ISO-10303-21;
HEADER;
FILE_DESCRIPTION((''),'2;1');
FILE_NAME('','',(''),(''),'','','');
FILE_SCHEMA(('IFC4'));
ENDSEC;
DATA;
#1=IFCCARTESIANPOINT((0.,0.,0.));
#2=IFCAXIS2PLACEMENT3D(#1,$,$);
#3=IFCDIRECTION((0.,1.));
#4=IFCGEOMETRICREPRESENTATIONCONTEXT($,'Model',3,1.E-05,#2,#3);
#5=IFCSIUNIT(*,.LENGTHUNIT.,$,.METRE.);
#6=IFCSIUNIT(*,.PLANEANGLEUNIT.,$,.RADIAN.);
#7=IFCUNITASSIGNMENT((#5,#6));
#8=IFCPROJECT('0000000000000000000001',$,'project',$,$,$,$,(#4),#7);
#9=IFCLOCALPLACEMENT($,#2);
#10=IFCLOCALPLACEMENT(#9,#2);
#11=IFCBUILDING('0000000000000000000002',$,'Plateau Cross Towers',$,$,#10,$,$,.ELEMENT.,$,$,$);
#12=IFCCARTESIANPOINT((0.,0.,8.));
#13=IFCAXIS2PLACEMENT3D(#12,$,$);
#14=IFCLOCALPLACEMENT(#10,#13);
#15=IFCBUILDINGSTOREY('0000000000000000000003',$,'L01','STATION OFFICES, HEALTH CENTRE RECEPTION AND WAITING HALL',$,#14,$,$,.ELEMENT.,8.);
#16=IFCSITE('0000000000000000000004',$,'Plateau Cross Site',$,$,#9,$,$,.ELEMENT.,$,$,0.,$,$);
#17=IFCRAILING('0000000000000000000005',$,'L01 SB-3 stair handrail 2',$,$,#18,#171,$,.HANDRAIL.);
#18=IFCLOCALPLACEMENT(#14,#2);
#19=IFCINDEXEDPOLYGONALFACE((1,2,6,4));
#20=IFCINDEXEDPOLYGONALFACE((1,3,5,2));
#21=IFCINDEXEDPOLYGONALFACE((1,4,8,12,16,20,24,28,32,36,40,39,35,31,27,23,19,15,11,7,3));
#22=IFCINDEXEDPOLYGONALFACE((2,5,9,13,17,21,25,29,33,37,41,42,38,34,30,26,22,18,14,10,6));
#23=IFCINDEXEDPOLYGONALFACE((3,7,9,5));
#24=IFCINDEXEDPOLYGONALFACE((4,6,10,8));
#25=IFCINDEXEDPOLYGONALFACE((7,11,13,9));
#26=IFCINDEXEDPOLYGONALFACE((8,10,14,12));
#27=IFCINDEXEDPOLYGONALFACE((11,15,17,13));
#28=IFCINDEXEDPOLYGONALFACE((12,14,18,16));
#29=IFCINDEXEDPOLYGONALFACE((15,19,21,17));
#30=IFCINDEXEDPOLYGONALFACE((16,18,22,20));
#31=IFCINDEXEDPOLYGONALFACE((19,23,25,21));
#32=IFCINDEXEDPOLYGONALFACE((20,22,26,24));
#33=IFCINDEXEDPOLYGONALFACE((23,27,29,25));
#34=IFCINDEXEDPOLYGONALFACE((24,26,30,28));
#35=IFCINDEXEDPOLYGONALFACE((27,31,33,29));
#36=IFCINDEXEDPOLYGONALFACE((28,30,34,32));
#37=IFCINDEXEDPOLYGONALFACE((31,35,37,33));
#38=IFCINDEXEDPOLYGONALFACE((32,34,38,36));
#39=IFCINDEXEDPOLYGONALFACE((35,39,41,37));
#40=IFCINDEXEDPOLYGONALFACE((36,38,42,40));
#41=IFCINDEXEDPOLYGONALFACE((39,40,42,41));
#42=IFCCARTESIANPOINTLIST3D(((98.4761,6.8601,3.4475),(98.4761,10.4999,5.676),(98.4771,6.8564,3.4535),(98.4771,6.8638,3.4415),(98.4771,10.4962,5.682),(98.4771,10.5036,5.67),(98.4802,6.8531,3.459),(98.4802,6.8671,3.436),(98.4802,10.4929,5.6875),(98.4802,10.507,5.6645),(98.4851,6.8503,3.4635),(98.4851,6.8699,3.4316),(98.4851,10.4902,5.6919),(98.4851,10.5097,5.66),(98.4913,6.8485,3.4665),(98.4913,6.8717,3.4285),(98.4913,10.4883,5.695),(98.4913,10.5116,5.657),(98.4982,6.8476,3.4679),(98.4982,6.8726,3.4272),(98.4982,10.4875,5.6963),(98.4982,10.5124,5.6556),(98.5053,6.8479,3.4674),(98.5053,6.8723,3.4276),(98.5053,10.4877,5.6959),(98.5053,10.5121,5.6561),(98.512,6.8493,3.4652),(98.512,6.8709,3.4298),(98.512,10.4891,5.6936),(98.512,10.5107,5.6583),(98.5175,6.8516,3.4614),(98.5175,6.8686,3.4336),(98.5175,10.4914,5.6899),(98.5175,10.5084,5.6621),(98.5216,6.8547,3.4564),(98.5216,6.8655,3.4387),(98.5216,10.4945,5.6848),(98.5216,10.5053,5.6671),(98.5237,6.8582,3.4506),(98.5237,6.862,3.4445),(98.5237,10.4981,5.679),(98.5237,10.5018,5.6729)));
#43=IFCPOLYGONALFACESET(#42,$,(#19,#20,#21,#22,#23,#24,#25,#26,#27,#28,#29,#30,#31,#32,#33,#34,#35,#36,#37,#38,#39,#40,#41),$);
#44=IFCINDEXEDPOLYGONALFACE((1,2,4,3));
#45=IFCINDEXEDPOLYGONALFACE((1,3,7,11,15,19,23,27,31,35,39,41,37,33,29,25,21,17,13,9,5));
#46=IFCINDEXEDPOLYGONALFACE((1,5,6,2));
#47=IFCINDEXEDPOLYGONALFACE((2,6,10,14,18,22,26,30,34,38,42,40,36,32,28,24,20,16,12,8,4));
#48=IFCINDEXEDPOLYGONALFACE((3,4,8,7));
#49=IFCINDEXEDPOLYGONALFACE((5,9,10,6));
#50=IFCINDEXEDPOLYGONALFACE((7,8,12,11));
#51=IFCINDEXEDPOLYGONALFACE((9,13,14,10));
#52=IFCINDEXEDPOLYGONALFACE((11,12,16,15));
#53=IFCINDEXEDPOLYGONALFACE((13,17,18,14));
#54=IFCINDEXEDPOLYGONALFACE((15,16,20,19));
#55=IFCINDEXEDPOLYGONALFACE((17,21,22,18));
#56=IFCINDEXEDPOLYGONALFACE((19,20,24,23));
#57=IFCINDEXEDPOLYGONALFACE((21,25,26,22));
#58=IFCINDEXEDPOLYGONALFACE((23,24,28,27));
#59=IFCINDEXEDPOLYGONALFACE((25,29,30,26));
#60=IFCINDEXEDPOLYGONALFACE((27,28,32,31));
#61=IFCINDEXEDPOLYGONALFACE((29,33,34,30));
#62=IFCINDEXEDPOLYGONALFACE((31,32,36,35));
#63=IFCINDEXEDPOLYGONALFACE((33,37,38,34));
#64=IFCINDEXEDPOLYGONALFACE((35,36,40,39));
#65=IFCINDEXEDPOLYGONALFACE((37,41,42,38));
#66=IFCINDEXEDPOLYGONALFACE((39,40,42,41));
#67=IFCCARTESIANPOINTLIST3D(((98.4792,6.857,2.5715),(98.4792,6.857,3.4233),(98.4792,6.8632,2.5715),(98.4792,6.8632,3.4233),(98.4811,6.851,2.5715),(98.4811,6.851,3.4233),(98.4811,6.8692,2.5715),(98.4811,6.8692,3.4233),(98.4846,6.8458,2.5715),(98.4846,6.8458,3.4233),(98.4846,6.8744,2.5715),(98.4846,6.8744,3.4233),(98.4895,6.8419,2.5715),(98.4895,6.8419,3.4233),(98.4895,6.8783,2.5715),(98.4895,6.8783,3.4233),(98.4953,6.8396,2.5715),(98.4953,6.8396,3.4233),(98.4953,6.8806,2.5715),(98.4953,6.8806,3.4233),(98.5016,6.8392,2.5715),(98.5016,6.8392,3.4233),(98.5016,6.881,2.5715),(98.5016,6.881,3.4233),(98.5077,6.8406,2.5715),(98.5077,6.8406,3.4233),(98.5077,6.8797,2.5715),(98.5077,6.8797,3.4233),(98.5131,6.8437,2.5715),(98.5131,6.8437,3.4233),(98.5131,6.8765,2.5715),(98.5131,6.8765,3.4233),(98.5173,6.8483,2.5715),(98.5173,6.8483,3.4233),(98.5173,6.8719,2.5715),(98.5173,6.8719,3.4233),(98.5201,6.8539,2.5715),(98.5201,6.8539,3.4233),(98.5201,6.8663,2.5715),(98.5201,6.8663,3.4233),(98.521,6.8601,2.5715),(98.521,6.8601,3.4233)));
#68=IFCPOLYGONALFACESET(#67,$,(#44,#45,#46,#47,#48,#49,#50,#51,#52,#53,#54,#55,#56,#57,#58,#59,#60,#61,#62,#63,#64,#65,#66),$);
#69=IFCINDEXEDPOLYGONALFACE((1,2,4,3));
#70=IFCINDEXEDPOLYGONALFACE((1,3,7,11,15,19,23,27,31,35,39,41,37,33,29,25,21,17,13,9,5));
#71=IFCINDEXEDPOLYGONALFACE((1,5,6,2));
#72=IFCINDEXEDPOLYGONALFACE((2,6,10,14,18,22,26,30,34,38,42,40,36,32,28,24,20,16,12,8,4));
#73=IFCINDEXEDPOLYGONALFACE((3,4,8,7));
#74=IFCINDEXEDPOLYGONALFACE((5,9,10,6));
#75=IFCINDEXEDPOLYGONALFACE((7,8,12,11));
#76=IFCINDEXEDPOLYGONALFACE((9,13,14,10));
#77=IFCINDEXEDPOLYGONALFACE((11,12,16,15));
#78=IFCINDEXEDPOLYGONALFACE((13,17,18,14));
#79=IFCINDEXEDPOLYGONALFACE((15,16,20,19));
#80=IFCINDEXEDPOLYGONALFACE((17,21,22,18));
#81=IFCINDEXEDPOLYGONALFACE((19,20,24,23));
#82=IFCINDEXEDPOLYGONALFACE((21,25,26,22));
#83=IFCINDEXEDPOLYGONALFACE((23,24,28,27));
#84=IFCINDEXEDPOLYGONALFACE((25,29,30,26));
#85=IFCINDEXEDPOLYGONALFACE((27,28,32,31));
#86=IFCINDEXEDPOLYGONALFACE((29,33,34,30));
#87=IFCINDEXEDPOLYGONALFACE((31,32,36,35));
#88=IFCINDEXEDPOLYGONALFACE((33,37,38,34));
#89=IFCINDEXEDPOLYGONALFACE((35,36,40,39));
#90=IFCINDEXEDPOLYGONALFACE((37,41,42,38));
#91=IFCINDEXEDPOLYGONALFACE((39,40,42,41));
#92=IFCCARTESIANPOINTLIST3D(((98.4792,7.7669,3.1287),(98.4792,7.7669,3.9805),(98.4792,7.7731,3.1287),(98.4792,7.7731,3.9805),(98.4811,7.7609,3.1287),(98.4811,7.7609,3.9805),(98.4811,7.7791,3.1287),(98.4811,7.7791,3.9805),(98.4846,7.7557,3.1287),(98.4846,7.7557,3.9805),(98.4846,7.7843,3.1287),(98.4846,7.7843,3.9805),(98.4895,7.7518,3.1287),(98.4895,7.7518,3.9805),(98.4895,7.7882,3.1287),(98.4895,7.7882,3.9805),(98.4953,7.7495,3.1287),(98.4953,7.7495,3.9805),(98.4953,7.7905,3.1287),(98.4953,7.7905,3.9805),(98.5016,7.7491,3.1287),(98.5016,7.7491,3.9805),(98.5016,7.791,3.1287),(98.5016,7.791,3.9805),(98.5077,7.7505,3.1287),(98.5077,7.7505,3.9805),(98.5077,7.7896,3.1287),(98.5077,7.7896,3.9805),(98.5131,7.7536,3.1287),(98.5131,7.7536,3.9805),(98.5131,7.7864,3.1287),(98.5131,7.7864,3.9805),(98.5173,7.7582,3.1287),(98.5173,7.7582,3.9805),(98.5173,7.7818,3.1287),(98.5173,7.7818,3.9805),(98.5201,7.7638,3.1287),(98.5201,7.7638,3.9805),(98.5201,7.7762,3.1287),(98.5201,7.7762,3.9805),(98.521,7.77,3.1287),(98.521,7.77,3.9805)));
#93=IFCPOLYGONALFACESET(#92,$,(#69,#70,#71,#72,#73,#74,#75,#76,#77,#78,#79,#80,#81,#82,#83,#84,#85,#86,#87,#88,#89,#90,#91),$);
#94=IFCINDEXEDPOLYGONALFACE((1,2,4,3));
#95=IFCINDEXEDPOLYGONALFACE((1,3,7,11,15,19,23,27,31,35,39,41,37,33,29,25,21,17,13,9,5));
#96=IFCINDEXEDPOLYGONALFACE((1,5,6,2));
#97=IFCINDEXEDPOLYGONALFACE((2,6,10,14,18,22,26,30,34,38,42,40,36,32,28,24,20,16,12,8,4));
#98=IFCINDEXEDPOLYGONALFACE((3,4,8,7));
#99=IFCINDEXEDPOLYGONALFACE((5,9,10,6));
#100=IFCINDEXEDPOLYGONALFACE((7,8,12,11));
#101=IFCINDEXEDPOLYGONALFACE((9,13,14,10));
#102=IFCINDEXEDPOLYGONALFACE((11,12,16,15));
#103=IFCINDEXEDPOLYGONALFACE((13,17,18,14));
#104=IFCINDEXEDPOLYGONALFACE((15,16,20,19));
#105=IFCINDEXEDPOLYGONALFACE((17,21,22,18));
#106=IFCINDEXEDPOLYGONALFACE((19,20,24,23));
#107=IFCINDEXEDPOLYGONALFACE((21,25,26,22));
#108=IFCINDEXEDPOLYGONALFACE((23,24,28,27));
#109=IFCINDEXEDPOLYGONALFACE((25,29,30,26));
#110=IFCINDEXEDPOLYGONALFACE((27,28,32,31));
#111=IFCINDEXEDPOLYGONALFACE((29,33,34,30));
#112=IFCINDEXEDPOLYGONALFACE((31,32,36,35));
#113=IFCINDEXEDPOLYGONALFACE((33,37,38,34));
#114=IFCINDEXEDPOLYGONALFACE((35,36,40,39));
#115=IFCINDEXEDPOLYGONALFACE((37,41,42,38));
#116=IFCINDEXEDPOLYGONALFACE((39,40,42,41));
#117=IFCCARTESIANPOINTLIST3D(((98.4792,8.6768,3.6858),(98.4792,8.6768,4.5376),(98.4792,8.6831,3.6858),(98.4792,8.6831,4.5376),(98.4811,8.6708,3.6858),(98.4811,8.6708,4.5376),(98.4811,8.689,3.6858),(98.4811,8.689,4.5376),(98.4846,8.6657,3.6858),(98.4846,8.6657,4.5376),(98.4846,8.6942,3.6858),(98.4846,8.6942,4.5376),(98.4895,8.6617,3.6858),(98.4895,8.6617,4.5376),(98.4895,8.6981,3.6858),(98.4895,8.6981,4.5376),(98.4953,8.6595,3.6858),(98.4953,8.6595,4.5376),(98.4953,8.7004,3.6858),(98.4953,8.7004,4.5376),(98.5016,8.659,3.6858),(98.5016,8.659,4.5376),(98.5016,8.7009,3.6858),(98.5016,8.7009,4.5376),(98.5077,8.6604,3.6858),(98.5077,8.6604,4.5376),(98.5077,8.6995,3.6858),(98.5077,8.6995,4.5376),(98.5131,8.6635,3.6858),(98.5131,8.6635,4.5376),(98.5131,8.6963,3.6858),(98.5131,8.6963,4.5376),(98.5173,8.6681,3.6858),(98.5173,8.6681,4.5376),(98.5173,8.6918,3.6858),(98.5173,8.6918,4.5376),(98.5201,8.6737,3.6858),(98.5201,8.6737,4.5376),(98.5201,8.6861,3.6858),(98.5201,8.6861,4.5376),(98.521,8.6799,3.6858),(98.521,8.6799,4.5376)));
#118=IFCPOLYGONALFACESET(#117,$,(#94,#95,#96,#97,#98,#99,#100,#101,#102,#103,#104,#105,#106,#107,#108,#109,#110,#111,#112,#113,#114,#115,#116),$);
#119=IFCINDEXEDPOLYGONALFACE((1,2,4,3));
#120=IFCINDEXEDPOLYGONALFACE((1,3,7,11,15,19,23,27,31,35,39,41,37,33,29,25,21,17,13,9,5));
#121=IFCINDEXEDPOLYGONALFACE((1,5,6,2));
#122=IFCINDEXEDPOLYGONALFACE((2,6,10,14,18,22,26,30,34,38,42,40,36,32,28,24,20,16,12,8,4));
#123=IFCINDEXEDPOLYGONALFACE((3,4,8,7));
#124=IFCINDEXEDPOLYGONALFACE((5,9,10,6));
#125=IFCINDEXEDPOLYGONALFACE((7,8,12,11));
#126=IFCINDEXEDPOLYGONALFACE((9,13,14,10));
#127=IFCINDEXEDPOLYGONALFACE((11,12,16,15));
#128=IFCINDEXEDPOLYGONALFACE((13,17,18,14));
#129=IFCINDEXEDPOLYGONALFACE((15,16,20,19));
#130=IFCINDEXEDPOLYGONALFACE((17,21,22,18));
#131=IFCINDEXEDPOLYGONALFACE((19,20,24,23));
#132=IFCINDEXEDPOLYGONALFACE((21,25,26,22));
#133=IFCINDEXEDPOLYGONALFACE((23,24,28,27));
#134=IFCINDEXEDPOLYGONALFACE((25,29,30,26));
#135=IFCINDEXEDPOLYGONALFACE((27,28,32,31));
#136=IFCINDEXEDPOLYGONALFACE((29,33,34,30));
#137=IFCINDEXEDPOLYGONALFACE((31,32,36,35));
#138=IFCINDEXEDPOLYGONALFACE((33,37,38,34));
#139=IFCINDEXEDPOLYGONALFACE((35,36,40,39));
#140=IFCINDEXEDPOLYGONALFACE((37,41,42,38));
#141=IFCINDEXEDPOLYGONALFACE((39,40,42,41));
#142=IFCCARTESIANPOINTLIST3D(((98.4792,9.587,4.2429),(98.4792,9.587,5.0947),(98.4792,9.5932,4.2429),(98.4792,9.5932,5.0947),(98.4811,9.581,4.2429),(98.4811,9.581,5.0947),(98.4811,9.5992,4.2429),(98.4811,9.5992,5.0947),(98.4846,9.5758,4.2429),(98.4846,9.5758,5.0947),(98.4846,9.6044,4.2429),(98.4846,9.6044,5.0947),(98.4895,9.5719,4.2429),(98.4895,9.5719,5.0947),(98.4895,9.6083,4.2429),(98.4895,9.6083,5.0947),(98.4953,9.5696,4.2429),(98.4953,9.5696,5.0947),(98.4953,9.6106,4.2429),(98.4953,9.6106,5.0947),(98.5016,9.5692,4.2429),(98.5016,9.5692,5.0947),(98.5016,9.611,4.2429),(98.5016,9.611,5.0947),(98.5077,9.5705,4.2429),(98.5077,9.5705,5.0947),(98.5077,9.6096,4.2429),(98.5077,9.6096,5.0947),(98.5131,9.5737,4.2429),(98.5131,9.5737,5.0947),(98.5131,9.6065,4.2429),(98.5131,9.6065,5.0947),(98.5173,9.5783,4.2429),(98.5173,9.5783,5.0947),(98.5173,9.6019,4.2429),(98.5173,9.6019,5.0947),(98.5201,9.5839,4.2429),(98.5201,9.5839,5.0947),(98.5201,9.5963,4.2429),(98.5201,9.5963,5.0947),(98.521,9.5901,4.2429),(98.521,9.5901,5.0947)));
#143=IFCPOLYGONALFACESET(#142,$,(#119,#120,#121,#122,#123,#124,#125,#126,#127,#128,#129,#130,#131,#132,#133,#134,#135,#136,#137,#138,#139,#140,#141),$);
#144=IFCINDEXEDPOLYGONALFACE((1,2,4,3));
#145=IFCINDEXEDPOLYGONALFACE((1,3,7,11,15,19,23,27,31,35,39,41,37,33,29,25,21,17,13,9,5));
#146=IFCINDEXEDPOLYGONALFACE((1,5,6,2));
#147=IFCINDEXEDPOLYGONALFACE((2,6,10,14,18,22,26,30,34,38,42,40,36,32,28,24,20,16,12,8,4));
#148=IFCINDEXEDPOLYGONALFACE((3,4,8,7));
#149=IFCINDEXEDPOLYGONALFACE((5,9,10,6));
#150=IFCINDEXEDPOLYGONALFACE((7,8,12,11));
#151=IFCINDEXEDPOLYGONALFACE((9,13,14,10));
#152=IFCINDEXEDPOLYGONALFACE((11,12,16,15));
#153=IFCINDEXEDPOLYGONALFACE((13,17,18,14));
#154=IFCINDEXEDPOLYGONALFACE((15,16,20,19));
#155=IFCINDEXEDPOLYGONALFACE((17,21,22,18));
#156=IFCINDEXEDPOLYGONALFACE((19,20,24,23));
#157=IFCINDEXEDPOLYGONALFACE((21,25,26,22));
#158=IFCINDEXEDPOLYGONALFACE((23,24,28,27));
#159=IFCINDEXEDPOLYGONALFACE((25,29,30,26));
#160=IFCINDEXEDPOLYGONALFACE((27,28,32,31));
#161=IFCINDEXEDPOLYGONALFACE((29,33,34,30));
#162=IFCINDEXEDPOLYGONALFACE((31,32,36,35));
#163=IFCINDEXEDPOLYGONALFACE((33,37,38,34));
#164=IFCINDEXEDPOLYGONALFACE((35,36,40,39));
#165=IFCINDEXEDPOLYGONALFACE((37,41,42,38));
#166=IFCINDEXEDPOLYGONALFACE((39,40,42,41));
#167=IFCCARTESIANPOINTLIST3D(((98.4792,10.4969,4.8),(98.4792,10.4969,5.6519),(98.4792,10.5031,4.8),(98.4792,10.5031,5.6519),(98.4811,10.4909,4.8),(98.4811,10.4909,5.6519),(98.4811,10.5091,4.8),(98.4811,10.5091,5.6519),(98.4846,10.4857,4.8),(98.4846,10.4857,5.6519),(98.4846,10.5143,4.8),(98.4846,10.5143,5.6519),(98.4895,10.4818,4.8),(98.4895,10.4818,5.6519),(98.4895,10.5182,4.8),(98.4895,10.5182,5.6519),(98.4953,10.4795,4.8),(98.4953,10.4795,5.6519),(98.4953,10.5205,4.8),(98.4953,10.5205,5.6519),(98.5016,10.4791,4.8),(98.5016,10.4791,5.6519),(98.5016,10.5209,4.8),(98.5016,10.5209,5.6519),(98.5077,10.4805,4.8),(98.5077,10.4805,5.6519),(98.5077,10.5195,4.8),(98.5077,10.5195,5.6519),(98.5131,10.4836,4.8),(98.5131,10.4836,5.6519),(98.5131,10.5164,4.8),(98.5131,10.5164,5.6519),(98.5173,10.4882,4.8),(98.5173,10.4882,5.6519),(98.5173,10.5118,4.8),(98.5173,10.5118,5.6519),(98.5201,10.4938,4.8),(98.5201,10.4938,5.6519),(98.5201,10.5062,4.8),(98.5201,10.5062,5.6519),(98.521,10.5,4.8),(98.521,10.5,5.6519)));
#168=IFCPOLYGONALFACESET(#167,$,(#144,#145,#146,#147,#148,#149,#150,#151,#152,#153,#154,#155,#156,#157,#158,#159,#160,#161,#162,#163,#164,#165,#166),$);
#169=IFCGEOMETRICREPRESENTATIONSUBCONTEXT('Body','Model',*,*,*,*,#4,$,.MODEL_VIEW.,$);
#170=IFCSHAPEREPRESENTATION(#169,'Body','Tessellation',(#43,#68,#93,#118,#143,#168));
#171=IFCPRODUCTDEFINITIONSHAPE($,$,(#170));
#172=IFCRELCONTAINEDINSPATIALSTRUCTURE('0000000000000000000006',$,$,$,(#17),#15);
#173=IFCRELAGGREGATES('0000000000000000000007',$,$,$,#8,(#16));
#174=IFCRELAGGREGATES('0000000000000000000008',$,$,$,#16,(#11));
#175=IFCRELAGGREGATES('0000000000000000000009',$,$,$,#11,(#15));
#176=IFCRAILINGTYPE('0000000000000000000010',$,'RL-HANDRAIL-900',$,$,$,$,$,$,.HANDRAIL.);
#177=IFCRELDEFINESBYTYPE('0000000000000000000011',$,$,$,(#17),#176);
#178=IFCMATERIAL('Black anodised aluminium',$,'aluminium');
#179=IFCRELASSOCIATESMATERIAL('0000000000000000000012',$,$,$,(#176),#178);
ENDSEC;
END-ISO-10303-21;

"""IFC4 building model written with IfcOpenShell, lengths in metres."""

from ifc_helpers import new_model, si_unit, direction, frame, origin, origin_2d, place, context, subcontext, project, spatial, circle, extrude, material, type_object, element, save


model = new_model("IFC4")

# Units and contexts
model_context = context("Model", 3, precision=1e-05, world=origin(), true_north=direction((0.0, 1.0)))
body_context = subcontext(model_context, "Body", "Model", "MODEL_VIEW")
ifc_project = project(units=[si_unit("LENGTHUNIT", "METRE"), si_unit("PLANEANGLEUNIT", "RADIAN")], contexts=[model_context])

# Site, building, storey
site_placement = place(None, origin())
site = spatial("IfcSite", under=ifc_project, at=site_placement, Name="Plateau Cross Site", CompositionType="ELEMENT", RefElevation=0.0)
building_placement = place(site_placement, origin())
building = spatial("IfcBuilding", under=site, at=building_placement, Name="Plateau Cross Towers", CompositionType="ELEMENT")
storey_placement = place(building_placement, frame((0.0, 0.0, 8.0)))
storey = spatial("IfcBuildingStorey", under=building, at=storey_placement, Name="L01", Description="STATION OFFICES, HEALTH CENTRE RECEPTION AND WAITING HALL", CompositionType="ELEMENT", Elevation=8.0)

# Shared definitions
ifc_material_1 = material(Name="Black anodised aluminium", Category="aluminium")

# Railing
railing_type_1 = type_object("IfcRailingType", Name="RL-HANDRAIL-900", PredefinedType="HANDRAIL", material=ifc_material_1)
railing_1_placement = place(storey_placement, frame((98.5, 6.8601, 2.5715)))
element("IfcRailing", 1, at=railing_1_placement, inside=storey, type_object=railing_type_1, Name="L01 SB-3 stair handrail 2", PredefinedType="HANDRAIL", context=body_context, shape_type="SweptSolid", body=[
    extrude(circle(Radius=0.0239, at=origin_2d()), frame((0.0, 0.0, 0.876), z_axis=(0.0, 0.85285, 0.522156), x_axis=(-1.0, 0.0, 0.0)), (0.0, 0.0, 1.0), 4.2678),
    extrude(circle(Radius=0.021, at=origin_2d()), origin(), (0.0, 0.0, 1.0), 0.8518),
    extrude(circle(Radius=0.021, at=origin_2d()), frame((0.0, 0.9099, 0.5571)), (0.0, 0.0, 1.0), 0.8518),
    extrude(circle(Radius=0.021, at=origin_2d()), frame((0.0, 1.8198, 1.1143)), (0.0, 0.0, 1.0), 0.8518),
    extrude(circle(Radius=0.021, at=origin_2d()), frame((0.0, 2.73, 1.6714)), (0.0, 0.0, 1.0), 0.8518),
    extrude(circle(Radius=0.021, at=origin_2d()), frame((0.0, 3.6399, 2.2285)), (0.0, 0.0, 1.0), 0.8518),
])

save(model, "model.ifc")
